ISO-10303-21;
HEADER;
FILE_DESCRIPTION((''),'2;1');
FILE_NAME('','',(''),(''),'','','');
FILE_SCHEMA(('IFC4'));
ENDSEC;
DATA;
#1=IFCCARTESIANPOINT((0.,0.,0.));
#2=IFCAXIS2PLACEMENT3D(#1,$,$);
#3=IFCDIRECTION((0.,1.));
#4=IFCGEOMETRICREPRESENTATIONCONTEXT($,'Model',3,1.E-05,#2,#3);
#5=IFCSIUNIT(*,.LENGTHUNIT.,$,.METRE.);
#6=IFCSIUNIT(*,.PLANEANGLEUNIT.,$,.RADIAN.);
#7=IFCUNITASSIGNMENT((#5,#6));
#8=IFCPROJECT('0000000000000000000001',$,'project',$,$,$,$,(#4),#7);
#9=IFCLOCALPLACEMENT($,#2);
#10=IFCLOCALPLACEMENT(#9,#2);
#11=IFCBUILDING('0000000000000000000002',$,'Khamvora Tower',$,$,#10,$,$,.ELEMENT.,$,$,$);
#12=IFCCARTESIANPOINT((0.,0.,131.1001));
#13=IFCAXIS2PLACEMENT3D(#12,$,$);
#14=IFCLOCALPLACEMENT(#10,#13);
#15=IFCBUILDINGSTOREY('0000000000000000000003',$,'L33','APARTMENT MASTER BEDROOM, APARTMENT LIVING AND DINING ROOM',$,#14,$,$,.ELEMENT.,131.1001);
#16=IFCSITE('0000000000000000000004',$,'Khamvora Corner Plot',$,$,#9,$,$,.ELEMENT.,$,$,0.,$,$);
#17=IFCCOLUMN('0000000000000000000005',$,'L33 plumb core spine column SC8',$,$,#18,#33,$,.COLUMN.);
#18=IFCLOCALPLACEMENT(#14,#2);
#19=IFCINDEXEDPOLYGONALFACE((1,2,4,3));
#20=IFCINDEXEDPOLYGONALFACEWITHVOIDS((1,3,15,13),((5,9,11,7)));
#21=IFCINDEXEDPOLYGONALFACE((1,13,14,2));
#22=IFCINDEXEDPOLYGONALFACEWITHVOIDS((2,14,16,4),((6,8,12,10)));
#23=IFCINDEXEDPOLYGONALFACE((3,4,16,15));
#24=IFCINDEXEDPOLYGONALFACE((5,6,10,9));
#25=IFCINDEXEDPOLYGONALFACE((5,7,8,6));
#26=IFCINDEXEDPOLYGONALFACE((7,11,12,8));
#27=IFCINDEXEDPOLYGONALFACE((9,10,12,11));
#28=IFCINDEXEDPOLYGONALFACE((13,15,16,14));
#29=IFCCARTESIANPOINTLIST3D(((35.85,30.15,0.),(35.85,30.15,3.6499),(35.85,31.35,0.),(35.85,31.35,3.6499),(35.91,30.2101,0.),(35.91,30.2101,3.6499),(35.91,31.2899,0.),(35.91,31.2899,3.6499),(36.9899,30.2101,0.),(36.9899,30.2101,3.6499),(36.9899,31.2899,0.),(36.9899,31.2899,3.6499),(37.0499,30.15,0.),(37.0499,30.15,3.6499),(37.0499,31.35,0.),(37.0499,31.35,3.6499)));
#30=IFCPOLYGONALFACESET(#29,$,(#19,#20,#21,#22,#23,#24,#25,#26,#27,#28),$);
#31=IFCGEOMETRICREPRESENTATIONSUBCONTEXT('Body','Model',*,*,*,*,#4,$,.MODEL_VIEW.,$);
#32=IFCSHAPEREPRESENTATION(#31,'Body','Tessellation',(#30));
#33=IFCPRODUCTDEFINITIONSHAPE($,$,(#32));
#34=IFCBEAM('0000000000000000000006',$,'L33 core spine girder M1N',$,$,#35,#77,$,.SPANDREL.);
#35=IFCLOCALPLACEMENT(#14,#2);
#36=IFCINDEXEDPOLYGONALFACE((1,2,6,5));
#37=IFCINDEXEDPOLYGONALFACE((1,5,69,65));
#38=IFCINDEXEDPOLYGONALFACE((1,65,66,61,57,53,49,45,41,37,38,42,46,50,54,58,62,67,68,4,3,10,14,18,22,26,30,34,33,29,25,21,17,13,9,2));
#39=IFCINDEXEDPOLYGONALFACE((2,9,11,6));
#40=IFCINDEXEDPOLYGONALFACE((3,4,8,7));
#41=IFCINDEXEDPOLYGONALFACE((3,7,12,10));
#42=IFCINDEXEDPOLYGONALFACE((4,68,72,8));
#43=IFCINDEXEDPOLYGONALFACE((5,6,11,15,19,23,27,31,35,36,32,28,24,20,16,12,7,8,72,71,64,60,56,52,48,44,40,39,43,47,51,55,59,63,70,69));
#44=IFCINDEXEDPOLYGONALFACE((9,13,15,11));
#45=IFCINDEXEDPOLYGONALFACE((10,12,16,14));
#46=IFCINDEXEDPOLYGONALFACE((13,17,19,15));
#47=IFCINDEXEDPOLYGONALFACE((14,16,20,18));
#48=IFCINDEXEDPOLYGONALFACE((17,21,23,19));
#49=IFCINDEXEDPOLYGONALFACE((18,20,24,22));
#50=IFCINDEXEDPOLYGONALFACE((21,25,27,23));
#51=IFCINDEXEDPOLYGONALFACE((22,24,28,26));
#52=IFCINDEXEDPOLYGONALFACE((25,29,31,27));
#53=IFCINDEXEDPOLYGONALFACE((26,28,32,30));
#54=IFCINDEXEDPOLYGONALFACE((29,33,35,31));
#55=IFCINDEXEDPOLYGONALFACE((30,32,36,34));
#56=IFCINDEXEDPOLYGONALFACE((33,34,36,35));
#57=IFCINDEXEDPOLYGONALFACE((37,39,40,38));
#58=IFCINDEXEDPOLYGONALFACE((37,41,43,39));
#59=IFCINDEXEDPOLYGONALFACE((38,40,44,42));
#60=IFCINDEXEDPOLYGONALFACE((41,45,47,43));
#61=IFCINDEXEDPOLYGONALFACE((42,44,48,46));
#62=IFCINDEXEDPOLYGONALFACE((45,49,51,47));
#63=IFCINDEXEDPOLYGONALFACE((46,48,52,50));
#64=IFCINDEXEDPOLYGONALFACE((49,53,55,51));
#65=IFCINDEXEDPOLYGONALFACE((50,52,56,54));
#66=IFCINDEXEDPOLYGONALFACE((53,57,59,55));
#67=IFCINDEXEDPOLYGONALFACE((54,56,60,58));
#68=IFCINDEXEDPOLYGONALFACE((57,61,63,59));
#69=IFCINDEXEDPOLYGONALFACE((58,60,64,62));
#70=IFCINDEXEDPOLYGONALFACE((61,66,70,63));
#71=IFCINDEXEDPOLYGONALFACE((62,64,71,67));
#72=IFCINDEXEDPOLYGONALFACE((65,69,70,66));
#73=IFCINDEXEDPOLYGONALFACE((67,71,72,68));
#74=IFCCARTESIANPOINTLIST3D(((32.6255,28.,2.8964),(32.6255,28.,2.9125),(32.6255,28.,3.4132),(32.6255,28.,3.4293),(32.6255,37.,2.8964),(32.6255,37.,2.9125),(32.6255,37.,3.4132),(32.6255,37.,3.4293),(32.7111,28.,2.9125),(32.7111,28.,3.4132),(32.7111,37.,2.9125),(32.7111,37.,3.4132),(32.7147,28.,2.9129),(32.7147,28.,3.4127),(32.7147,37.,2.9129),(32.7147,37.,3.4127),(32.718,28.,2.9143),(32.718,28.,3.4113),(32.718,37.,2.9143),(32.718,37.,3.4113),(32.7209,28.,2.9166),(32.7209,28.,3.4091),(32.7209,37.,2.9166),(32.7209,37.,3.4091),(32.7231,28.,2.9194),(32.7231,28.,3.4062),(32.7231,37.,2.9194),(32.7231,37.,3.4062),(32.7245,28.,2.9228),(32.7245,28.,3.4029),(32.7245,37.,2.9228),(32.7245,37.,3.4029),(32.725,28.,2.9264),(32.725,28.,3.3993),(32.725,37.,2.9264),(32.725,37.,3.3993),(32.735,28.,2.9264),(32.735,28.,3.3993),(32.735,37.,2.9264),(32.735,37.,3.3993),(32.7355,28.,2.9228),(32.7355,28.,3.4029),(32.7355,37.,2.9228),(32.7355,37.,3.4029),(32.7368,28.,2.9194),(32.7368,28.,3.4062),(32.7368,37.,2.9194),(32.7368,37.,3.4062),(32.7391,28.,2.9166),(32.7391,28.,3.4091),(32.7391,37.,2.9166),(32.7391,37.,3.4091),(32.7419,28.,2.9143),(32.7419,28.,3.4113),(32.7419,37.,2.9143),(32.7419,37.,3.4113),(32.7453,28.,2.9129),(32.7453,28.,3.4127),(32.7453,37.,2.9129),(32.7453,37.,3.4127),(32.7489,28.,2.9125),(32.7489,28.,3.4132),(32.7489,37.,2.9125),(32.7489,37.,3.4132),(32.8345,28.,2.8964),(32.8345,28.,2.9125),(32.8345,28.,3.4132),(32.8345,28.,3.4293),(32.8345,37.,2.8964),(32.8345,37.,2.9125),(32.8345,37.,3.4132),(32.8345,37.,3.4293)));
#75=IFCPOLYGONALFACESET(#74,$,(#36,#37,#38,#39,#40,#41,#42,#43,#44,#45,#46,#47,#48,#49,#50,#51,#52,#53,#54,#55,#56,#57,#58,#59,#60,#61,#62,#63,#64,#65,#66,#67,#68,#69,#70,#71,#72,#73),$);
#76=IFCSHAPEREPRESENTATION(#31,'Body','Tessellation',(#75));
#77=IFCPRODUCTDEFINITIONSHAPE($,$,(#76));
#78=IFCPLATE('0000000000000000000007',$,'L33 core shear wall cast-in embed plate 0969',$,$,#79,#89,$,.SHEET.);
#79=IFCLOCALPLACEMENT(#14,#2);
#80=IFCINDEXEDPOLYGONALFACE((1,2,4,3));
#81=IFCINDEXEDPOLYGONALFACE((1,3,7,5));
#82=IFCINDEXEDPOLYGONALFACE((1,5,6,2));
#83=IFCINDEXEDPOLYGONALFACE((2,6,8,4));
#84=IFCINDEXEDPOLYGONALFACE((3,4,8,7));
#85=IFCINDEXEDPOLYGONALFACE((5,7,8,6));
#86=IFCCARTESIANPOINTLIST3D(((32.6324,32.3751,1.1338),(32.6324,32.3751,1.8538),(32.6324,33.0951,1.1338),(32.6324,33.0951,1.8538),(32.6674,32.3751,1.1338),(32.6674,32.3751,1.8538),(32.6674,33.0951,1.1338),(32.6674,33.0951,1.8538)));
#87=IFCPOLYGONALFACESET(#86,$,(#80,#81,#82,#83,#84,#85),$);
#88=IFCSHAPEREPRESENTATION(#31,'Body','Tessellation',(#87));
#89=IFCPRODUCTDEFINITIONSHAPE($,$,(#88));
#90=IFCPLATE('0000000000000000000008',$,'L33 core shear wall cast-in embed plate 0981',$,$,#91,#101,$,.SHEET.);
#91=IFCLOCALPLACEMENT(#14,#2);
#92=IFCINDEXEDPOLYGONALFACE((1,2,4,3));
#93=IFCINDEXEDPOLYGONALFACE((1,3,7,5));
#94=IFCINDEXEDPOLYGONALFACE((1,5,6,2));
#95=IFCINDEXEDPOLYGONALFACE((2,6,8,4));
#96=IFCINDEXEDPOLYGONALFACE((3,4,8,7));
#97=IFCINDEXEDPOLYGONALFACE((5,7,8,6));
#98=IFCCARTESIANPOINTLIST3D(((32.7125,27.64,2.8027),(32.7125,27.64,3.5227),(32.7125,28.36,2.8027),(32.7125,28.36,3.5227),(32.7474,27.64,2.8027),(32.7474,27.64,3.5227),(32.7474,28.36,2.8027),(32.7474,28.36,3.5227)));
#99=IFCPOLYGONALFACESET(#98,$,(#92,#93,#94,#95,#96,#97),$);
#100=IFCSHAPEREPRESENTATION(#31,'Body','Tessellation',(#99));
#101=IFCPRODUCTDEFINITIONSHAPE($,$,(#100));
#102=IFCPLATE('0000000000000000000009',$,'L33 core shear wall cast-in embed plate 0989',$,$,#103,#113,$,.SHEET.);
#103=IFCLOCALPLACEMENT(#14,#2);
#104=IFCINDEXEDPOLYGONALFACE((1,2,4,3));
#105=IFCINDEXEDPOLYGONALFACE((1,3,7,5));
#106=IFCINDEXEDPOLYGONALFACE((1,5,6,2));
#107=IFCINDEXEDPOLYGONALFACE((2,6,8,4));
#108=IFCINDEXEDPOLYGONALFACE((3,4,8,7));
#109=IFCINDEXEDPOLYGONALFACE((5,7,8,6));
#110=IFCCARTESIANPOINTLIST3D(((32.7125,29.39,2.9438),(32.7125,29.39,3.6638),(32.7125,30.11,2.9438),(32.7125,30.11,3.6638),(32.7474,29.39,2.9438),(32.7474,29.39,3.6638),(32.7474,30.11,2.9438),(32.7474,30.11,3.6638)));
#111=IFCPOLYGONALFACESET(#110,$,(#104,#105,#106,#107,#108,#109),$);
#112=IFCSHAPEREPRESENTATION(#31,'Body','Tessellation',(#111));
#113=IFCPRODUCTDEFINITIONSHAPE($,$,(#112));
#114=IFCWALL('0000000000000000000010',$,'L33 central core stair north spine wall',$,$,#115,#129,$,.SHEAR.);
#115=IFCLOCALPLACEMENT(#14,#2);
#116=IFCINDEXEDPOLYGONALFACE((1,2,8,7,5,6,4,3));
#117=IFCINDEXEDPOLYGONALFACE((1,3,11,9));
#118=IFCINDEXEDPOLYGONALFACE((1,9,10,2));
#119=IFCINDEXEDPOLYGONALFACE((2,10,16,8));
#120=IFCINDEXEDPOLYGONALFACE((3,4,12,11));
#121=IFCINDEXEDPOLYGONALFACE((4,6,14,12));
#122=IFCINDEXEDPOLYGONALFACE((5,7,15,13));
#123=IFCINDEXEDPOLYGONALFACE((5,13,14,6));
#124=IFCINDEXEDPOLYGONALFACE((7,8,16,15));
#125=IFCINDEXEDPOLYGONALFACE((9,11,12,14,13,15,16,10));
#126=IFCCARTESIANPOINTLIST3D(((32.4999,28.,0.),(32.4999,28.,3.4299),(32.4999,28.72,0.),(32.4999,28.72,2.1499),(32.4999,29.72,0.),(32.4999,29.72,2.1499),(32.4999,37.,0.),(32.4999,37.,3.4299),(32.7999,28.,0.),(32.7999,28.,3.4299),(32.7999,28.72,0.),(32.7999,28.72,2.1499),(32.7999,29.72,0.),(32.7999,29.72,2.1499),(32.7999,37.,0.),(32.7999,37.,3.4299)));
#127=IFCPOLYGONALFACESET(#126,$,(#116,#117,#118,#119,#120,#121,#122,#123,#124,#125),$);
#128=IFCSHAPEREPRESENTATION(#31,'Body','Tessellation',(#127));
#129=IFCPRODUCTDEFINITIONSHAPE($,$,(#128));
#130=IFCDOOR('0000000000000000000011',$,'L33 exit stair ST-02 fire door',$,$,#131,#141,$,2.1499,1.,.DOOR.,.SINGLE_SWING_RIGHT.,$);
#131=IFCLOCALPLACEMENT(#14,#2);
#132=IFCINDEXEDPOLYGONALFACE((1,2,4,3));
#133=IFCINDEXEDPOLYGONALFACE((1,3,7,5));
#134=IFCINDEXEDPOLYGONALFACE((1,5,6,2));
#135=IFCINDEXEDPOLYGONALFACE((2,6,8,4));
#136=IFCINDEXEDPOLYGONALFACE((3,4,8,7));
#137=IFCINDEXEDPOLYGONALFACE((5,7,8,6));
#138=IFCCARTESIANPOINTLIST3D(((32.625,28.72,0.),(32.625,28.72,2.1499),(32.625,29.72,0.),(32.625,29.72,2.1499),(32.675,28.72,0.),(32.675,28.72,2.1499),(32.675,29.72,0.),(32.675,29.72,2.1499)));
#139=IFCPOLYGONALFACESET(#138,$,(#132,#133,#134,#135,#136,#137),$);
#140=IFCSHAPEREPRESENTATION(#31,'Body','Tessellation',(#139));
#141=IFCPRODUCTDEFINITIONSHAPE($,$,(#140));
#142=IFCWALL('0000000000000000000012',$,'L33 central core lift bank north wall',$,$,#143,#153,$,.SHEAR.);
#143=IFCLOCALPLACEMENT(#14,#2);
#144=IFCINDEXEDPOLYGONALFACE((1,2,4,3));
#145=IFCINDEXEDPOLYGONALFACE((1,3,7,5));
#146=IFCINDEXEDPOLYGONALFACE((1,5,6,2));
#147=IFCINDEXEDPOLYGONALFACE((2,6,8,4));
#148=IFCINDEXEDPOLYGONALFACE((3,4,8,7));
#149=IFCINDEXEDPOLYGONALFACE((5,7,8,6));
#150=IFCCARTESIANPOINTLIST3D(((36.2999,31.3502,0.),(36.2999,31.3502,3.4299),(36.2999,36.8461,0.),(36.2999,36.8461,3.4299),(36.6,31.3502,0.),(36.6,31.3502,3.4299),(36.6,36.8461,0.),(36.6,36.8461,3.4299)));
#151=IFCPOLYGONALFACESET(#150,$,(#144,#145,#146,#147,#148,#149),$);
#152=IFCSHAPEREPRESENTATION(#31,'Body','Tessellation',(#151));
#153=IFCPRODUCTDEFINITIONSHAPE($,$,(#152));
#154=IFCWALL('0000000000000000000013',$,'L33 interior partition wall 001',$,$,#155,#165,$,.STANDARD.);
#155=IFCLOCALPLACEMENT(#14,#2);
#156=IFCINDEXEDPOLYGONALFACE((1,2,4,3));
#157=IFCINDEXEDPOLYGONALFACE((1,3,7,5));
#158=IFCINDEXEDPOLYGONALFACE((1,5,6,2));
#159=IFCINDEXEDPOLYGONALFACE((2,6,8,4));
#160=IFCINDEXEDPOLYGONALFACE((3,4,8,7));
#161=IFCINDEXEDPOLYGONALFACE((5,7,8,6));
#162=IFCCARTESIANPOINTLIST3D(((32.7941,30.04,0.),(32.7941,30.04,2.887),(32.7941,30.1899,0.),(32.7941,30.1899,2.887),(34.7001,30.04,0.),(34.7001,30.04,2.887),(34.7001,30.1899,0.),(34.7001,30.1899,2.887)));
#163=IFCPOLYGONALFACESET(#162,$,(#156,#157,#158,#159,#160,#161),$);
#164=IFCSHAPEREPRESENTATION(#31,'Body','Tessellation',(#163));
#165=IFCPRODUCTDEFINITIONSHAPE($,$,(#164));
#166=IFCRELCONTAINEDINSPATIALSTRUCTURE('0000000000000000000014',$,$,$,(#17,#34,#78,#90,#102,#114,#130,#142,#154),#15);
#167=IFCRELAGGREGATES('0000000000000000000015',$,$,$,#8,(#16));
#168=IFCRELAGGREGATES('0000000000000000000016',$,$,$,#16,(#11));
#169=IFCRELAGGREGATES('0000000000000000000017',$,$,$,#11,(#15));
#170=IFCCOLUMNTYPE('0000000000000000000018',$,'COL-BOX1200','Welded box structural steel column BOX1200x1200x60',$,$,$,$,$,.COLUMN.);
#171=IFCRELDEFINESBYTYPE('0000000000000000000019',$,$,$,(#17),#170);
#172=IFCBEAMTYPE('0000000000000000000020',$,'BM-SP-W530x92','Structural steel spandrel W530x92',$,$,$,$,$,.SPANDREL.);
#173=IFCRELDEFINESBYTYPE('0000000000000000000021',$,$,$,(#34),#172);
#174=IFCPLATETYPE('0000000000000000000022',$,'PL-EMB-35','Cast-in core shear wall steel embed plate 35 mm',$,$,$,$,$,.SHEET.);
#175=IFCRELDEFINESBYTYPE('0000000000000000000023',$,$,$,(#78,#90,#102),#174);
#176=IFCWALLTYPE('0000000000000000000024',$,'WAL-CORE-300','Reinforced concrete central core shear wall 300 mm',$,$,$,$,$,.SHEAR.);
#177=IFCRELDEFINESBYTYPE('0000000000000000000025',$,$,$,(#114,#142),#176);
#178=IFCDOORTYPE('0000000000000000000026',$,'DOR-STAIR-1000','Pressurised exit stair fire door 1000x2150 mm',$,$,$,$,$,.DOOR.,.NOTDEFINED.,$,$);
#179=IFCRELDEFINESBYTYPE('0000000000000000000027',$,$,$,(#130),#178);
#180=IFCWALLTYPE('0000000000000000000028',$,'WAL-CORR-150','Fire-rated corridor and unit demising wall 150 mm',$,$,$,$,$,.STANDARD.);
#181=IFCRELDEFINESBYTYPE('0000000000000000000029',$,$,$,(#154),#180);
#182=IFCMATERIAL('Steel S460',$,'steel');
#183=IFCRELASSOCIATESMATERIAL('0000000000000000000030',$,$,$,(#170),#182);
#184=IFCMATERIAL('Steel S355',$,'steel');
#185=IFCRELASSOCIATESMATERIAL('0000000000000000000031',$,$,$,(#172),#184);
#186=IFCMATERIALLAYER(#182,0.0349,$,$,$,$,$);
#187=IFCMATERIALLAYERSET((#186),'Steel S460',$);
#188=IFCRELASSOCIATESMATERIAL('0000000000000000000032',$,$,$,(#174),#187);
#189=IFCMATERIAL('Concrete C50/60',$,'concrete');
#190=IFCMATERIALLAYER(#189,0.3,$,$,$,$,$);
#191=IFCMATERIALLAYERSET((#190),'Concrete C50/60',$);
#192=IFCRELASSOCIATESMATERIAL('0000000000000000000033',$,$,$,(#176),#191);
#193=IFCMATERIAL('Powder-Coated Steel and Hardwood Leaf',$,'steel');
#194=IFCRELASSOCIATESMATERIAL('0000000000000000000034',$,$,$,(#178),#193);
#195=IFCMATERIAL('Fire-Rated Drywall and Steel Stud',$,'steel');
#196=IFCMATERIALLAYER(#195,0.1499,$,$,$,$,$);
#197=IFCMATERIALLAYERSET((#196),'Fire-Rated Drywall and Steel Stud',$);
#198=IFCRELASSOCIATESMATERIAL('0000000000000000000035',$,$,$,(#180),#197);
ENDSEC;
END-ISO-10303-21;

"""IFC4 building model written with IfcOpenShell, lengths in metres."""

from ifc_helpers import new_model, si_unit, direction, frame, frame_2d, origin, origin_2d, place, context, subcontext, project, spatial, rectangle, hollow_rectangle, i_section, extrude, material, layer, layer_set, material_profile, profile_set, type_object, element, fill, save


model = new_model("IFC4")

# Units and contexts
model_context = context("Model", 3, precision=1e-05, world=origin(), true_north=direction((0.0, 1.0)))
body_context = subcontext(model_context, "Body", "Model", "MODEL_VIEW")
ifc_project = project(units=[si_unit("LENGTHUNIT", "METRE"), si_unit("PLANEANGLEUNIT", "RADIAN")], contexts=[model_context])

# Site, building, storey
site_placement = place(None, origin())
site = spatial("IfcSite", under=ifc_project, at=site_placement, Name="Khamvora Corner Plot", CompositionType="ELEMENT", RefElevation=0.0)
building_placement = place(site_placement, origin())
building = spatial("IfcBuilding", under=site, at=building_placement, Name="Khamvora Tower", CompositionType="ELEMENT")
storey_placement = place(building_placement, frame((0.0, 0.0, 131.1001)))
storey = spatial("IfcBuildingStorey", under=building, at=storey_placement, Name="L33", Description="APARTMENT MASTER BEDROOM, APARTMENT LIVING AND DINING ROOM", CompositionType="ELEMENT", Elevation=131.1001)

# Column
ifc_material_1 = material(Name="Steel S460", Category="steel")
ifc_material_profile_1 = material_profile(ifc_material_1, hollow_rectangle(XDim=1.2, YDim=1.2, WallThickness=0.0601, at=origin_2d()), Name="BOX1200x1200x60")
ifc_profile_set_1 = profile_set([ifc_material_profile_1], Name="Steel S460")
column_type = type_object("IfcColumnType", Name="COL-BOX1200", Description="Welded box structural steel column BOX1200x1200x60", PredefinedType="COLUMN", material=ifc_profile_set_1)
column_placement = place(storey_placement, frame((36.45, 30.75, 0.0), z_axis=(0.0, 0.0, 1.0), x_axis=(1.0, 0.0, 0.0)))
element("IfcColumn", 1, at=column_placement, inside=storey, type_object=column_type, Name="L33 plumb core spine column SC8", PredefinedType="COLUMN", context=body_context, shape_type="SweptSolid", body=[
    extrude(hollow_rectangle(XDim=1.2, YDim=1.2, WallThickness=0.0601, at=origin_2d()), origin(), (0.0, 0.0, 1.0), 3.6499),
])

# Beam
ifc_material_2 = material(Name="Steel S355", Category="steel")
ifc_material_profile_2 = material_profile(ifc_material_2, i_section(OverallWidth=0.209, OverallDepth=0.533, WebThickness=0.01, FlangeThickness=0.0161, FilletRadius=0.0139, at=origin_2d()), Name="W530x92")
ifc_profile_set_2 = profile_set([ifc_material_profile_2], Name="Steel S355")
beam_type = type_object("IfcBeamType", Name="BM-SP-W530x92", Description="Structural steel spandrel W530x92", PredefinedType="SPANDREL", material=ifc_profile_set_2)
beam_placement = place(storey_placement, frame((32.73, 28.0, 3.1628), z_axis=(0.0, 1.0, 0.0), x_axis=(-1.0, 0.0, 0.0)))
element("IfcBeam", 2, at=beam_placement, inside=storey, type_object=beam_type, Name="L33 core spine girder M1N", PredefinedType="SPANDREL", context=body_context, shape_type="SweptSolid", body=[
    extrude(i_section(OverallWidth=0.209, OverallDepth=0.533, WebThickness=0.01, FlangeThickness=0.0161, FilletRadius=0.0139, at=origin_2d()), origin(), (0.0, 0.0, 1.0), 9.0),
])

# Plates
ifc_layer_1 = layer(ifc_material_1, 0.0349)
ifc_layer_set_1 = layer_set([ifc_layer_1], Name="Steel S460")
plate_type = type_object("IfcPlateType", Name="PL-EMB-35", Description="Cast-in core shear wall steel embed plate 35 mm", PredefinedType="SHEET", material=ifc_layer_set_1)
for number, where, z_axis, x_axis, name in (
    (3, (32.6499, 32.7351, 1.1338), (0.0, 0.0, 1.0), (1.0, 0.0, 0.0), "L33 core shear wall cast-in embed plate 0969"),
    (4, (32.73, 28.0, 2.8027), (0.0, 0.0, 1.0), (1.0, 0.0, 0.0), "L33 core shear wall cast-in embed plate 0981"),
    (5, (32.73, 29.75, 2.9438), (0.0, 0.0, 1.0), (1.0, 0.0, 0.0), "L33 core shear wall cast-in embed plate 0989"),
):
    element("IfcPlate", number, at=place(storey_placement, frame(where, z_axis=z_axis, x_axis=x_axis)), inside=storey, type_object=plate_type, Name=name, PredefinedType="SHEET", context=body_context, shape_type="SweptSolid", body=[
        extrude(rectangle(XDim=0.0349, YDim=0.72, at=origin_2d()), origin(), (0.0, 0.0, 1.0), 0.72),
    ])

# Wall, opening, door
ifc_material_3 = material(Name="Concrete C50/60", Category="concrete")
ifc_layer_2 = layer(ifc_material_3, 0.3)
ifc_layer_set_2 = layer_set([ifc_layer_2], Name="Concrete C50/60")
wall_type_1 = type_object("IfcWallType", Name="WAL-CORE-300", Description="Reinforced concrete central core shear wall 300 mm", PredefinedType="SHEAR", material=ifc_layer_set_2)
wall_1_placement = place(storey_placement, frame((32.6499, 28.0, 0.0), z_axis=(0.0, 0.0, 1.0), x_axis=(0.0, 1.0, 0.0)))
wall_1 = element("IfcWall", 6, at=wall_1_placement, inside=storey, type_object=wall_type_1, Name="L33 central core stair north spine wall", PredefinedType="SHEAR", context=body_context, shape_type="SweptSolid", body=[
    extrude(rectangle(XDim=9.0, YDim=0.3, at=frame_2d((4.5, 0.0))), origin(), (0.0, 0.0, 1.0), 3.4299),
])
opening_1_placement = place(wall_1_placement, frame((0.72, 0.0, 0.0)))
opening_1 = element("IfcOpeningElement", 7, at=opening_1_placement, cuts=wall_1, PredefinedType="OPENING", context=body_context, shape_type="SweptSolid", body=[
    extrude(rectangle(XDim=1.0, YDim=2.1499, at=frame_2d((0.5, 1.075))), frame((0.0, 0.1599, 0.0), z_axis=(0.0, -1.0, 0.0), x_axis=(1.0, 0.0, 0.0)), (0.0, 0.0, 1.0), 0.3201),
])
ifc_material_4 = material(Name="Powder-Coated Steel and Hardwood Leaf", Category="steel")
door_type_1 = type_object("IfcDoorType", Name="DOR-STAIR-1000", Description="Pressurised exit stair fire door 1000x2150 mm", OperationType="NOTDEFINED", PredefinedType="DOOR", material=ifc_material_4)
door_1_placement = place(opening_1_placement, origin())
door_1 = element("IfcDoor", 8, at=door_1_placement, inside=storey, type_object=door_type_1, Name="L33 exit stair ST-02 fire door", OperationType="SINGLE_SWING_RIGHT", OverallHeight=2.1499, OverallWidth=1.0, PredefinedType="DOOR", context=body_context, shape_type="SweptSolid", body=[
    extrude(rectangle(XDim=1.0, YDim=2.1499, at=frame_2d((0.5, 1.075))), frame((0.0, 0.0249, 0.0), z_axis=(0.0, -1.0, 0.0), x_axis=(1.0, 0.0, 0.0)), (0.0, 0.0, 1.0), 0.05),
])
fill(opening_1, door_1)

# Walls
wall_2_placement = place(storey_placement, frame((36.45, 31.3501, 0.0), z_axis=(0.0, 0.0, 1.0), x_axis=(0.0, 1.0, 0.0)))
element("IfcWall", 9, at=wall_2_placement, inside=storey, type_object=wall_type_1, Name="L33 central core lift bank north wall", PredefinedType="SHEAR", context=body_context, shape_type="SweptSolid", body=[
    extrude(rectangle(XDim=5.4958, YDim=0.3, at=frame_2d((2.748, 0.0))), origin(), (0.0, 0.0, 1.0), 3.4299),
])
ifc_material_5 = material(Name="Fire-Rated Drywall and Steel Stud", Category="steel")
ifc_layer_3 = layer(ifc_material_5, 0.1499)
ifc_layer_set_3 = layer_set([ifc_layer_3], Name="Fire-Rated Drywall and Steel Stud")
wall_type_2 = type_object("IfcWallType", Name="WAL-CORR-150", Description="Fire-rated corridor and unit demising wall 150 mm", PredefinedType="STANDARD", material=ifc_layer_set_3)
wall_3_placement = place(storey_placement, frame((32.7939, 30.115, 0.0), z_axis=(0.0, 0.0, 1.0), x_axis=(1.0, 0.0, 0.0)))
element("IfcWall", 10, at=wall_3_placement, inside=storey, type_object=wall_type_2, Name="L33 interior partition wall 001", PredefinedType="STANDARD", context=body_context, shape_type="SweptSolid", body=[
    extrude(rectangle(XDim=1.906, YDim=0.1499, at=frame_2d((0.9531, 0.0))), origin(), (0.0, 0.0, 1.0), 2.887),
])

save(model, "model.ifc")
